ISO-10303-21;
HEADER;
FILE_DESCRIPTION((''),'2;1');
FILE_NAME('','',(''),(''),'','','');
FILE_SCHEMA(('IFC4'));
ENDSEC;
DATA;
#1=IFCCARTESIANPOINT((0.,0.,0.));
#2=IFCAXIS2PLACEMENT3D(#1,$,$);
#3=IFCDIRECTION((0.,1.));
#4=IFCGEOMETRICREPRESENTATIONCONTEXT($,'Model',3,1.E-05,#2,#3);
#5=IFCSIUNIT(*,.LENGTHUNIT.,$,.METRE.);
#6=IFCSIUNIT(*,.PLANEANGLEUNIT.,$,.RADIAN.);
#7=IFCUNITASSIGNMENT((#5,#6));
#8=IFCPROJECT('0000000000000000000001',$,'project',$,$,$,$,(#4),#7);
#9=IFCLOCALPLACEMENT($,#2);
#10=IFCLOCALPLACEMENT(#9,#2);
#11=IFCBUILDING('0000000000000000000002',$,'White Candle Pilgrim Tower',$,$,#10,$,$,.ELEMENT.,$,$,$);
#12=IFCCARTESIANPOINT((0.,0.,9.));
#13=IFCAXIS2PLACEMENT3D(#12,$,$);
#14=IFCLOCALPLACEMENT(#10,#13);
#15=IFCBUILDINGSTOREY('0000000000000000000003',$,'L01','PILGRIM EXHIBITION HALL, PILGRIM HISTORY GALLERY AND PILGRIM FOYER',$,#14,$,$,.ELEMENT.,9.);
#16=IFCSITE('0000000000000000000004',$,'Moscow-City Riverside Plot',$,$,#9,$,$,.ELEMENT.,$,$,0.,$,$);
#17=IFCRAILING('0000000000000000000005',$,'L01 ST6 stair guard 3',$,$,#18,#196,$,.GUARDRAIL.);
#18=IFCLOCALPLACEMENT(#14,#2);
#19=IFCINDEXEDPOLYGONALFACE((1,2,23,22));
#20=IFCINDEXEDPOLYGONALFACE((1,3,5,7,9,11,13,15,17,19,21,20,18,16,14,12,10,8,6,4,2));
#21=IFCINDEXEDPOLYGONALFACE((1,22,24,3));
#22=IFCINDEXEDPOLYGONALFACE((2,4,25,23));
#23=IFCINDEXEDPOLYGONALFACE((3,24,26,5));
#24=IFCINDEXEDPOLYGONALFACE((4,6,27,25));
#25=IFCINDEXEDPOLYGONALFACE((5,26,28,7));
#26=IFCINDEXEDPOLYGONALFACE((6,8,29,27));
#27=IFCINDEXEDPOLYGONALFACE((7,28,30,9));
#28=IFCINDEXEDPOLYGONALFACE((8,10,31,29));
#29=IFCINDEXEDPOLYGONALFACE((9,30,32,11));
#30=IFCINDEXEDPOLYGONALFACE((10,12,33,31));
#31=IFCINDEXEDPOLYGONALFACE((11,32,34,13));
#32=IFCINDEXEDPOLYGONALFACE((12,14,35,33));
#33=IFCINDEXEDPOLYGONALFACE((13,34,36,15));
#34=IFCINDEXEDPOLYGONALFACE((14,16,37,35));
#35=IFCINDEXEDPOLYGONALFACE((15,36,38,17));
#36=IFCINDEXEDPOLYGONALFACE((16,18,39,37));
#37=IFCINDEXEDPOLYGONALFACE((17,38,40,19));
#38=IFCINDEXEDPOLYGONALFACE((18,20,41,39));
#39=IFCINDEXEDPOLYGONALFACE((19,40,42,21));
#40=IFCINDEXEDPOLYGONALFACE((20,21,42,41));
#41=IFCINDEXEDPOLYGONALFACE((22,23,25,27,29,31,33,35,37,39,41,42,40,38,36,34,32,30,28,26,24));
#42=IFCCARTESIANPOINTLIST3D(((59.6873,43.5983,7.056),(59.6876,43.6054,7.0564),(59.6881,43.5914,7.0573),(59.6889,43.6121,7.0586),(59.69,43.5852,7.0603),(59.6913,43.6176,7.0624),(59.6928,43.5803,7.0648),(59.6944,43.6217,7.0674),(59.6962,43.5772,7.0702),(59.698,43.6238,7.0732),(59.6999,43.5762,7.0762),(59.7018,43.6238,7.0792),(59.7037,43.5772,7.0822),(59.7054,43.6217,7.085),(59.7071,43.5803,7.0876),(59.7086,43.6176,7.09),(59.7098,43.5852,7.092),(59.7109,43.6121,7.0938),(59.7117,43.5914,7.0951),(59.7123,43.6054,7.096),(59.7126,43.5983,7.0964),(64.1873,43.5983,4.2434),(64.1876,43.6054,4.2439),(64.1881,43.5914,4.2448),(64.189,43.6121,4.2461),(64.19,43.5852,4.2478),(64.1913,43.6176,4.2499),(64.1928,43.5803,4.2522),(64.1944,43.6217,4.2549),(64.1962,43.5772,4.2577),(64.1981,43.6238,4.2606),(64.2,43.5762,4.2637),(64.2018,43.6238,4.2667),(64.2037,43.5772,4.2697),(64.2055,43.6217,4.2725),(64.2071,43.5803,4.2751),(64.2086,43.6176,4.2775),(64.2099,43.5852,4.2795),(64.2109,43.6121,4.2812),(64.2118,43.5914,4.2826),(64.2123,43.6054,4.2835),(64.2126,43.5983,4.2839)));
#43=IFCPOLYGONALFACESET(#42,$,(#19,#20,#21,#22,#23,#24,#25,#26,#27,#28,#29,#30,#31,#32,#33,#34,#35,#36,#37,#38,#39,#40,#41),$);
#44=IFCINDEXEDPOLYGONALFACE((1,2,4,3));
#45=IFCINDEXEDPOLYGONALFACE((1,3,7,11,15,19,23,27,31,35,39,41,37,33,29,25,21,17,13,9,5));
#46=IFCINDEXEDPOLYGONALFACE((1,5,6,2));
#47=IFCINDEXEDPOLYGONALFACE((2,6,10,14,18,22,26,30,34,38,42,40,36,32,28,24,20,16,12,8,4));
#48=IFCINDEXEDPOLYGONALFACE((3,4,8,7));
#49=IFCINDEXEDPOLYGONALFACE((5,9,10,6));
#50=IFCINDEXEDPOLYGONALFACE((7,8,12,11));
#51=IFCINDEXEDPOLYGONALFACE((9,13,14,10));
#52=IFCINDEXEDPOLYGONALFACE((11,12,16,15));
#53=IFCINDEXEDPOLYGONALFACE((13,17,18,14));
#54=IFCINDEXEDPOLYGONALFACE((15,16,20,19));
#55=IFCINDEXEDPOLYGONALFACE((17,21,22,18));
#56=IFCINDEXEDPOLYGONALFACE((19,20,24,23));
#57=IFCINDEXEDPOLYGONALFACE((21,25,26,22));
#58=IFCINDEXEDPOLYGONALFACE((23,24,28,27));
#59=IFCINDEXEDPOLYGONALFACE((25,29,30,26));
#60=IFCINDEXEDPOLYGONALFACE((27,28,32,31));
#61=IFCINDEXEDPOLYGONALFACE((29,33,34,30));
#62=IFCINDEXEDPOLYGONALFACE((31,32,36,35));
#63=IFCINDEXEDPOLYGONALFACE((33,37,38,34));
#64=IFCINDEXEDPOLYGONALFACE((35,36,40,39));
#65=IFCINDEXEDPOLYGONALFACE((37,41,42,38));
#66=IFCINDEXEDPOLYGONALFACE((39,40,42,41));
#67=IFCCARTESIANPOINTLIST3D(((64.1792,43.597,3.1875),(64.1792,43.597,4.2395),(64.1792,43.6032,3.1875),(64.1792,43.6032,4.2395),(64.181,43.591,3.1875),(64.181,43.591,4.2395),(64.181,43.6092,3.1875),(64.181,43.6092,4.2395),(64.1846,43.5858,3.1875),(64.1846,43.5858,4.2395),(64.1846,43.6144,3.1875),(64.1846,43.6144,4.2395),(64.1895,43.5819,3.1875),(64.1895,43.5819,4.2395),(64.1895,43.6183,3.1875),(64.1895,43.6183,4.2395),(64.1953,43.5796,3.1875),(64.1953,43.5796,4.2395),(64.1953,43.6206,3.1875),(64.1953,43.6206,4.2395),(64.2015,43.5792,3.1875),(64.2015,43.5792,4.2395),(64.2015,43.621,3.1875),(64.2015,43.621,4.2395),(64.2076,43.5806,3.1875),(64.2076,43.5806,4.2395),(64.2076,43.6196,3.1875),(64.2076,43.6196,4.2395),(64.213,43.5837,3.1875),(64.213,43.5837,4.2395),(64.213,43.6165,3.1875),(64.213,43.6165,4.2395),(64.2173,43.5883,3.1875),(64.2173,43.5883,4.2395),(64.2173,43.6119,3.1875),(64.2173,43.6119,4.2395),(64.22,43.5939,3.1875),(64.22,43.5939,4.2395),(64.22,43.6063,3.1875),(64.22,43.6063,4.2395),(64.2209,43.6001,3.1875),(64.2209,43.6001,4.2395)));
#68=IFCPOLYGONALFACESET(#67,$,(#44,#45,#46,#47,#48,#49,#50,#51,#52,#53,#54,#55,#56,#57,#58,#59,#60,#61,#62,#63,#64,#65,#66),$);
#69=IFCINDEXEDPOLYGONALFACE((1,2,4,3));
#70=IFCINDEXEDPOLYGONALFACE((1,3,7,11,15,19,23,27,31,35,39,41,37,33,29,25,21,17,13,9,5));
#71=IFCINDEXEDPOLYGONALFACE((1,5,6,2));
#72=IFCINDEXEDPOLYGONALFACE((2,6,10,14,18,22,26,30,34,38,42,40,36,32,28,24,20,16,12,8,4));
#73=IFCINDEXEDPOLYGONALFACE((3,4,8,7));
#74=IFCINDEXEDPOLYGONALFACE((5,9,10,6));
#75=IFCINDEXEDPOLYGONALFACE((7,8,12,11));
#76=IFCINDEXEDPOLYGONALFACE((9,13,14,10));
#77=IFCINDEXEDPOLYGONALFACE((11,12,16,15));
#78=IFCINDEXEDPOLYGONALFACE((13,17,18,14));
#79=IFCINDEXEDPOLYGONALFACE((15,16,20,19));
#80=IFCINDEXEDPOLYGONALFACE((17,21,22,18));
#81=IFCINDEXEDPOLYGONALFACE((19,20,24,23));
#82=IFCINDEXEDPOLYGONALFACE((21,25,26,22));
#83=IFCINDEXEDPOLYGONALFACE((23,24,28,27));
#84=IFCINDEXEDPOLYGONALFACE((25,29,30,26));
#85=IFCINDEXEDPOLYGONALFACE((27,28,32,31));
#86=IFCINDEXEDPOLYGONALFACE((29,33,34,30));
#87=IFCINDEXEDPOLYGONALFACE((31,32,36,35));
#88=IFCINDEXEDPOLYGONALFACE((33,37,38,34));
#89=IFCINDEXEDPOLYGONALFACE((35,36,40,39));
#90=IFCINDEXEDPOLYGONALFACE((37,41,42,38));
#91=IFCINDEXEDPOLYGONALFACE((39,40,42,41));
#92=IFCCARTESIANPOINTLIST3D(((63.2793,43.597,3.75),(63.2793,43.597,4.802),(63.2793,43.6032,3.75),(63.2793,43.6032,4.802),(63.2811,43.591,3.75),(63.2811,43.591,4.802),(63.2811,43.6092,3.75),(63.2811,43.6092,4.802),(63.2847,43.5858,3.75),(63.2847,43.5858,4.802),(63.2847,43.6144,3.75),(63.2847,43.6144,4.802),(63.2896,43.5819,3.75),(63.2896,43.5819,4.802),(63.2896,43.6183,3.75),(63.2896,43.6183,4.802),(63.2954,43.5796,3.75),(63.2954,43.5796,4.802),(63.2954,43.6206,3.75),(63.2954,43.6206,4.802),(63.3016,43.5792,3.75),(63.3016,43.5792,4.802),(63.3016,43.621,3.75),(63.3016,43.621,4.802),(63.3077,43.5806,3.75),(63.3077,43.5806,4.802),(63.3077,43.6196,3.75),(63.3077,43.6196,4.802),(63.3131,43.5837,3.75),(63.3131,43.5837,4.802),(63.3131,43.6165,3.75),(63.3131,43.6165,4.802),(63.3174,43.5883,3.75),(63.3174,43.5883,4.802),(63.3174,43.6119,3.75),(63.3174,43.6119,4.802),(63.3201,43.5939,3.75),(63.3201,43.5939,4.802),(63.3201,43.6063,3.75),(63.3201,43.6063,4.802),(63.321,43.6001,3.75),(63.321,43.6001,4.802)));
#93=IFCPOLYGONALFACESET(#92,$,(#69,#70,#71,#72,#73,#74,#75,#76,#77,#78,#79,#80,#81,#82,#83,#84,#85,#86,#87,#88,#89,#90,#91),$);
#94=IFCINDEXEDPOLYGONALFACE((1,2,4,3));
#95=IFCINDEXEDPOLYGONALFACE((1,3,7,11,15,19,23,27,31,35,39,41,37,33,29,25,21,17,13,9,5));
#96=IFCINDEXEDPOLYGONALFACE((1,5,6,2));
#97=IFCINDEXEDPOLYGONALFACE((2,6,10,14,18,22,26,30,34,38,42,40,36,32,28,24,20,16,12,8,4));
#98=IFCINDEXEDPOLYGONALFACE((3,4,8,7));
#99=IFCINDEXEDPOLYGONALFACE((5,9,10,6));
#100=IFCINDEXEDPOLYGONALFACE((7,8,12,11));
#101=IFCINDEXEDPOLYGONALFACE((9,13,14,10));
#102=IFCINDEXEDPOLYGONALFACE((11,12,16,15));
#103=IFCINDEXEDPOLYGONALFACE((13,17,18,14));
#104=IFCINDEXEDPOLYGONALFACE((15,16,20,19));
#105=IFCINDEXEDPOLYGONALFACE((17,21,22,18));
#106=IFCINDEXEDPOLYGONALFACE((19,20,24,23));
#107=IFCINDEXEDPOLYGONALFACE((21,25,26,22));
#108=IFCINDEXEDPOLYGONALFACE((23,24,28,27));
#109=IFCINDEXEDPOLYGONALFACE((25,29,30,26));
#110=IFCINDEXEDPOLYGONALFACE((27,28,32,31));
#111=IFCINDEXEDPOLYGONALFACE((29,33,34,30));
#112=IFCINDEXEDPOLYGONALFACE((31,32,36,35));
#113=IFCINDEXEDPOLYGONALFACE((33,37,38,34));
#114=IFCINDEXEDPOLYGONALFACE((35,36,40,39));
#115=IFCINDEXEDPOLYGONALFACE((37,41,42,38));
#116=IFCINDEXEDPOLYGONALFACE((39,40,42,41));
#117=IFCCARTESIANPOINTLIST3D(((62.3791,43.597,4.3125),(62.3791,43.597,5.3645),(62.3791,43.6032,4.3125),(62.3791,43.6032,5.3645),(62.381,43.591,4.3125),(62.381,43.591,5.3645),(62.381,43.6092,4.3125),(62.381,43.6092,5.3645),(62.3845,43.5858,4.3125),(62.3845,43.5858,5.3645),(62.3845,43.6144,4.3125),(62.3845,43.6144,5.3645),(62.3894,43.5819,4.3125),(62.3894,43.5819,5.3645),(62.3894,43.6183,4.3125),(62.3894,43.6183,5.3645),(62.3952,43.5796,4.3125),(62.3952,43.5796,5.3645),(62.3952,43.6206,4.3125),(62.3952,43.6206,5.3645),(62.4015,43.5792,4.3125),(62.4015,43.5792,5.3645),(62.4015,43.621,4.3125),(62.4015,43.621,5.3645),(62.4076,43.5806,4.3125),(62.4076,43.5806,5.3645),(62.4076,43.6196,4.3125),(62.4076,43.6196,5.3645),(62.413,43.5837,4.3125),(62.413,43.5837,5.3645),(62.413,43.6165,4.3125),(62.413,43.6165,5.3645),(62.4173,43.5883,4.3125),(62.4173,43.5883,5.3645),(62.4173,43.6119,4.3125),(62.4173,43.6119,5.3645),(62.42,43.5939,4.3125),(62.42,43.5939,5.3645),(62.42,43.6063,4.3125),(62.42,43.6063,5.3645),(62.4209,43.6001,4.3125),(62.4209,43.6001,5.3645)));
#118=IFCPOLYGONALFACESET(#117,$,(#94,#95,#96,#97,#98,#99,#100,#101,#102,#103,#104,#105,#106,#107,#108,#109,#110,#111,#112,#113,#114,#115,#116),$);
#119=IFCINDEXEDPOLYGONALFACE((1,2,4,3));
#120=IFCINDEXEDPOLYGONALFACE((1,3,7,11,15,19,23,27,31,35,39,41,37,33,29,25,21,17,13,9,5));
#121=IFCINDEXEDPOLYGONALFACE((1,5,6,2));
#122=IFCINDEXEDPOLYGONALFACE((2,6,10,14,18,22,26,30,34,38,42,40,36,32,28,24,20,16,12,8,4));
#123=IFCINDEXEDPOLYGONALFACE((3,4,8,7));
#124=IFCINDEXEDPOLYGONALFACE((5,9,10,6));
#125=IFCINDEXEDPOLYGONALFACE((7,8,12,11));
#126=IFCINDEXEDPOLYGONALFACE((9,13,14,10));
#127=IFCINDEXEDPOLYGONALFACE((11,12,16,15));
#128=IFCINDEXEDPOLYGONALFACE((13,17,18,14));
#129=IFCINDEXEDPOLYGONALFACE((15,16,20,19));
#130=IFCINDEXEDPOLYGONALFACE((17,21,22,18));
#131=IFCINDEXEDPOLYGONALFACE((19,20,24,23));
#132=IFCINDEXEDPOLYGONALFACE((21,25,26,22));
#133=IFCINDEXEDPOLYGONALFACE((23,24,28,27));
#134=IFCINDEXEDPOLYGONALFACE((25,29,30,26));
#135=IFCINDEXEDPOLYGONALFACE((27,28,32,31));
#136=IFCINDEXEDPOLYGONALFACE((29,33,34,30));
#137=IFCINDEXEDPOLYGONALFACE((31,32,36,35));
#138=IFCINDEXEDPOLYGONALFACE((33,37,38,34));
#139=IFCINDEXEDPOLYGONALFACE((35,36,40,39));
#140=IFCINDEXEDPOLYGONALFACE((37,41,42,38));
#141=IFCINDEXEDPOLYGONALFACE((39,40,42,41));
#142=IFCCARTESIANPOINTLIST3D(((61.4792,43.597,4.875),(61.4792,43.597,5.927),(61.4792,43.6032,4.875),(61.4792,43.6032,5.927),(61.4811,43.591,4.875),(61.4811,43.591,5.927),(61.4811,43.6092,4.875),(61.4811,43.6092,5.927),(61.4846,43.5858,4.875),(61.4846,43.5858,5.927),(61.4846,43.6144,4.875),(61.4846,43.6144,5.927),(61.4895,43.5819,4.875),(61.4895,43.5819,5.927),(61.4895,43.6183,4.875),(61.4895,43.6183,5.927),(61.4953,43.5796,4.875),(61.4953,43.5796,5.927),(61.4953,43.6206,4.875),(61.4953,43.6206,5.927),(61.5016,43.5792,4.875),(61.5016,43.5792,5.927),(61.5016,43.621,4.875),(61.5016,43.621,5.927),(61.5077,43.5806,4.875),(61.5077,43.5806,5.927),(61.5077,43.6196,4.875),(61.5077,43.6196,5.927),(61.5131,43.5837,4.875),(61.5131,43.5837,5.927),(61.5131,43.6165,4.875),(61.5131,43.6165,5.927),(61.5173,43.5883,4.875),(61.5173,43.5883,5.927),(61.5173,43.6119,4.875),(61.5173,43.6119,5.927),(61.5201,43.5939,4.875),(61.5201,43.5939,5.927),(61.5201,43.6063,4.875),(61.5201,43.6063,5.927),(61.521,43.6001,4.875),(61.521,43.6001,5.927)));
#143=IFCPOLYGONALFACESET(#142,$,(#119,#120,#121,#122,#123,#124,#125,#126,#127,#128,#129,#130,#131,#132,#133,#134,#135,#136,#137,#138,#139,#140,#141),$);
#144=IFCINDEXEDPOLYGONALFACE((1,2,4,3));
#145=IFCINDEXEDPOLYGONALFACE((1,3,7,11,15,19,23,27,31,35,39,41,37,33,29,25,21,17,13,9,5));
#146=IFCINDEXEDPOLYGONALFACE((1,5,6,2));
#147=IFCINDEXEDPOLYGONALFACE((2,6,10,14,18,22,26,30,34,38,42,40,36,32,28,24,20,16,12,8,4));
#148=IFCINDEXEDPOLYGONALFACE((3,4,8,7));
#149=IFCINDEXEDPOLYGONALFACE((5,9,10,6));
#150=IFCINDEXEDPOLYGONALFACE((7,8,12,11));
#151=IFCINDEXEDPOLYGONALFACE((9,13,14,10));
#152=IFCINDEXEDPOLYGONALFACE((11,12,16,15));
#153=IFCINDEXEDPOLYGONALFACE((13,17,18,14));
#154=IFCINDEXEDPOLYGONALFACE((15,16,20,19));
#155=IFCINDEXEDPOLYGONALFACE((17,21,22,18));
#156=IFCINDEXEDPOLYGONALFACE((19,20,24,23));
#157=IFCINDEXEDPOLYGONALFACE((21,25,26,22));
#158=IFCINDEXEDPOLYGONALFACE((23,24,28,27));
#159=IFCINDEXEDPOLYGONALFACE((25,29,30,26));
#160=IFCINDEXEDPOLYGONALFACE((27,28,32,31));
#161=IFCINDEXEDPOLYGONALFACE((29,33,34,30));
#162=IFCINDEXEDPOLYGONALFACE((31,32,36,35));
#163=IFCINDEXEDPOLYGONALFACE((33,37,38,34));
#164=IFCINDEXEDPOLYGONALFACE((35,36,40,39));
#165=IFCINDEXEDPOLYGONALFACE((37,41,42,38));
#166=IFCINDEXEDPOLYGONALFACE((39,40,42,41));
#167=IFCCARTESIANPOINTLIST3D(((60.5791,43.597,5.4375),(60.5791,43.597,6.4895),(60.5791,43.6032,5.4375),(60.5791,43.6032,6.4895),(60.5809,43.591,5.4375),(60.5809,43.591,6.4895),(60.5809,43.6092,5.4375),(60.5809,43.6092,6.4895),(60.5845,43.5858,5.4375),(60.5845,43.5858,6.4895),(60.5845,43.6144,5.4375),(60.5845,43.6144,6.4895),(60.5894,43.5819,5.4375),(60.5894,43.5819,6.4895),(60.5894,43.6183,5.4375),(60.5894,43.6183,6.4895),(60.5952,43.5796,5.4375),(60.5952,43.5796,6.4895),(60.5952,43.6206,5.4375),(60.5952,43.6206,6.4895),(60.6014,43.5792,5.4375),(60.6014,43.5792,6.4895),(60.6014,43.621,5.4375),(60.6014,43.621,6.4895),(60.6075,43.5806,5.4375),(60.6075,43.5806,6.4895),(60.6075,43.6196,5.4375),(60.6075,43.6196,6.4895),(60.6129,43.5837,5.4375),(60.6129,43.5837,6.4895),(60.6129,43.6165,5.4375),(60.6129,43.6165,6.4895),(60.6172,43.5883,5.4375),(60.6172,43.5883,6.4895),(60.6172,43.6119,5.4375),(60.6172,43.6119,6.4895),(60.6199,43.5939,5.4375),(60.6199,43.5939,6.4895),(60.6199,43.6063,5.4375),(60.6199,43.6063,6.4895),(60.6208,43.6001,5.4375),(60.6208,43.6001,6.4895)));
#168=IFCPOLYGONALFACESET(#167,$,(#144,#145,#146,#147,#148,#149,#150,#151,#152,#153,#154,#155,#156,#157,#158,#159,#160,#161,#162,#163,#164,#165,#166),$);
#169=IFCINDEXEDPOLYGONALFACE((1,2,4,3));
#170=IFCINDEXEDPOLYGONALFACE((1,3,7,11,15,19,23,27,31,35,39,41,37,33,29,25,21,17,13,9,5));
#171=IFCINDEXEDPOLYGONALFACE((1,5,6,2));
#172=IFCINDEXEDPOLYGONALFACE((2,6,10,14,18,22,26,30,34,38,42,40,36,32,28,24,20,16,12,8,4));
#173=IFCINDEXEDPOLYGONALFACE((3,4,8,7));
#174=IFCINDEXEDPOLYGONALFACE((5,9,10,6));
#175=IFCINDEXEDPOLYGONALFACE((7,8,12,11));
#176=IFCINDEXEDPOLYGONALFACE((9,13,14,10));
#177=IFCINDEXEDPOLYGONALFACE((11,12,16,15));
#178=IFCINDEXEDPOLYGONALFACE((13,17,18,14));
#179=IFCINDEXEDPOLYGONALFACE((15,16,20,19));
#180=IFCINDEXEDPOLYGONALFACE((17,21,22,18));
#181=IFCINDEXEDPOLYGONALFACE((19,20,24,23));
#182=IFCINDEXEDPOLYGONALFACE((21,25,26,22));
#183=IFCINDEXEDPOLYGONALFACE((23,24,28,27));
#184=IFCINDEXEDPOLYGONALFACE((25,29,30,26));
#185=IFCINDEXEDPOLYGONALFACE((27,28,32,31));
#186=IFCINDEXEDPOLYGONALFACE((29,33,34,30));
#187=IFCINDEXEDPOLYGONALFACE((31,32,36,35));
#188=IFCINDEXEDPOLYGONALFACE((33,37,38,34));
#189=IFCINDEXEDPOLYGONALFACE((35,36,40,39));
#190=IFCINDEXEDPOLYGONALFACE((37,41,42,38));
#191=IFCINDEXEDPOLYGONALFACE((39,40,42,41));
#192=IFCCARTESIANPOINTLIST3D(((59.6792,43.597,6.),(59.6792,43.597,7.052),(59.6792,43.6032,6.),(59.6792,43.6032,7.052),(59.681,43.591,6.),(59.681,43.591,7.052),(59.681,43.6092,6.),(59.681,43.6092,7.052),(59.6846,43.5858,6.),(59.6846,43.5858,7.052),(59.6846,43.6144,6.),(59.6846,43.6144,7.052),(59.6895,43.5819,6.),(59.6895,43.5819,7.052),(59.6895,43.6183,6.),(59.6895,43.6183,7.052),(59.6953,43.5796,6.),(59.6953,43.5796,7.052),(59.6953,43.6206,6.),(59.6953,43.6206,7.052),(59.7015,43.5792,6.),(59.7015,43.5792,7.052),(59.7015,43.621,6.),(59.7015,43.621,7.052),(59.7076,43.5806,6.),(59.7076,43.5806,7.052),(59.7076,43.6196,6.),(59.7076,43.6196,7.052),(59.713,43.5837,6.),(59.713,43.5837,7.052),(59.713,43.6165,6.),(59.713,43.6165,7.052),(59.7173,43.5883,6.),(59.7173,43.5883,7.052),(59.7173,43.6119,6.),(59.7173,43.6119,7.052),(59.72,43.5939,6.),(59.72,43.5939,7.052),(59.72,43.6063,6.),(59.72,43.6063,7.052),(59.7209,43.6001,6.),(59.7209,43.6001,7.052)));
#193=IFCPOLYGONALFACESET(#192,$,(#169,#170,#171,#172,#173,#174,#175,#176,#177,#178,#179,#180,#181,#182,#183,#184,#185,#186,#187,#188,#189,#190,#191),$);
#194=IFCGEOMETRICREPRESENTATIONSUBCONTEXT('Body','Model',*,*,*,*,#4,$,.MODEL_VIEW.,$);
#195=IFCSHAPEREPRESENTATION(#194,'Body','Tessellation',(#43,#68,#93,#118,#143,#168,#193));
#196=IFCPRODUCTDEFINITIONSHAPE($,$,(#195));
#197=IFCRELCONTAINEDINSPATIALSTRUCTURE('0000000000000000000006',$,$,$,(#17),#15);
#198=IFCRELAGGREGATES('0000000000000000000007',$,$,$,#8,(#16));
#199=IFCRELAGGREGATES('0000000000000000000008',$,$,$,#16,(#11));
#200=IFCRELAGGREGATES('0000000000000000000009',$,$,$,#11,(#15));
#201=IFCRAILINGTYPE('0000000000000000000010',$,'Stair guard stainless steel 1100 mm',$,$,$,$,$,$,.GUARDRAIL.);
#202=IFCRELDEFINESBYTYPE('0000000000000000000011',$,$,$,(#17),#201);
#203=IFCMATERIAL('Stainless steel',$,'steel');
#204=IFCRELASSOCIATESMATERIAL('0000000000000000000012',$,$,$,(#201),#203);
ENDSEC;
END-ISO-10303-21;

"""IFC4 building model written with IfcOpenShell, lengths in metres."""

from ifc_helpers import new_model, si_unit, direction, frame, origin, origin_2d, place, context, subcontext, project, spatial, circle, extrude, material, type_object, element, save


model = new_model("IFC4")

# Units and contexts
model_context = context("Model", 3, precision=1e-05, world=origin(), true_north=direction((0.0, 1.0)))
body_context = subcontext(model_context, "Body", "Model", "MODEL_VIEW")
ifc_project = project(units=[si_unit("LENGTHUNIT", "METRE"), si_unit("PLANEANGLEUNIT", "RADIAN")], contexts=[model_context])

# Site, building, storey
site_placement = place(None, origin())
site = spatial("IfcSite", under=ifc_project, at=site_placement, Name="Moscow-City Riverside Plot", CompositionType="ELEMENT", RefElevation=0.0)
building_placement = place(site_placement, origin())
building = spatial("IfcBuilding", under=site, at=building_placement, Name="White Candle Pilgrim Tower", CompositionType="ELEMENT")
storey_placement = place(building_placement, frame((0.0, 0.0, 9.0)))
storey = spatial("IfcBuildingStorey", under=building, at=storey_placement, Name="L01", Description="PILGRIM EXHIBITION HALL, PILGRIM HISTORY GALLERY AND PILGRIM FOYER", CompositionType="ELEMENT", Elevation=9.0)

# Railing
ifc_material_1 = material(Name="Stainless steel", Category="steel")
railing_type_1 = type_object("IfcRailingType", Name="Stair guard stainless steel 1100 mm", PredefinedType="GUARDRAIL", material=ifc_material_1)
railing_1_placement = place(storey_placement, frame((64.2, 43.6001, 3.1875)))
element("IfcRailing", 1, at=railing_1_placement, inside=storey, type_object=railing_type_1, Name="L01 ST6 stair guard 3", PredefinedType="GUARDRAIL", context=body_context, shape_type="SweptSolid", body=[
    extrude(circle(Radius=0.0239, at=origin_2d()), frame((0.0, 0.0, 1.0762), z_axis=(-0.847998, 0.0, 0.529999), x_axis=(0.0, -1.0, 0.0)), (0.0, 0.0, 1.0), 5.3066),
    extrude(circle(Radius=0.021, at=origin_2d()), origin(), (0.0, 0.0, 1.0), 1.052),
    extrude(circle(Radius=0.021, at=origin_2d()), frame((-0.8999, 0.0, 0.5625)), (0.0, 0.0, 1.0), 1.052),
    extrude(circle(Radius=0.021, at=origin_2d()), frame((-1.8, 0.0, 1.125)), (0.0, 0.0, 1.0), 1.052),
    extrude(circle(Radius=0.021, at=origin_2d()), frame((-2.7, 0.0, 1.6875)), (0.0, 0.0, 1.0), 1.052),
    extrude(circle(Radius=0.021, at=origin_2d()), frame((-3.6001, 0.0, 2.25)), (0.0, 0.0, 1.0), 1.052),
    extrude(circle(Radius=0.021, at=origin_2d()), frame((-4.5, 0.0, 2.8125)), (0.0, 0.0, 1.0), 1.052),
])

save(model, "model.ifc")
